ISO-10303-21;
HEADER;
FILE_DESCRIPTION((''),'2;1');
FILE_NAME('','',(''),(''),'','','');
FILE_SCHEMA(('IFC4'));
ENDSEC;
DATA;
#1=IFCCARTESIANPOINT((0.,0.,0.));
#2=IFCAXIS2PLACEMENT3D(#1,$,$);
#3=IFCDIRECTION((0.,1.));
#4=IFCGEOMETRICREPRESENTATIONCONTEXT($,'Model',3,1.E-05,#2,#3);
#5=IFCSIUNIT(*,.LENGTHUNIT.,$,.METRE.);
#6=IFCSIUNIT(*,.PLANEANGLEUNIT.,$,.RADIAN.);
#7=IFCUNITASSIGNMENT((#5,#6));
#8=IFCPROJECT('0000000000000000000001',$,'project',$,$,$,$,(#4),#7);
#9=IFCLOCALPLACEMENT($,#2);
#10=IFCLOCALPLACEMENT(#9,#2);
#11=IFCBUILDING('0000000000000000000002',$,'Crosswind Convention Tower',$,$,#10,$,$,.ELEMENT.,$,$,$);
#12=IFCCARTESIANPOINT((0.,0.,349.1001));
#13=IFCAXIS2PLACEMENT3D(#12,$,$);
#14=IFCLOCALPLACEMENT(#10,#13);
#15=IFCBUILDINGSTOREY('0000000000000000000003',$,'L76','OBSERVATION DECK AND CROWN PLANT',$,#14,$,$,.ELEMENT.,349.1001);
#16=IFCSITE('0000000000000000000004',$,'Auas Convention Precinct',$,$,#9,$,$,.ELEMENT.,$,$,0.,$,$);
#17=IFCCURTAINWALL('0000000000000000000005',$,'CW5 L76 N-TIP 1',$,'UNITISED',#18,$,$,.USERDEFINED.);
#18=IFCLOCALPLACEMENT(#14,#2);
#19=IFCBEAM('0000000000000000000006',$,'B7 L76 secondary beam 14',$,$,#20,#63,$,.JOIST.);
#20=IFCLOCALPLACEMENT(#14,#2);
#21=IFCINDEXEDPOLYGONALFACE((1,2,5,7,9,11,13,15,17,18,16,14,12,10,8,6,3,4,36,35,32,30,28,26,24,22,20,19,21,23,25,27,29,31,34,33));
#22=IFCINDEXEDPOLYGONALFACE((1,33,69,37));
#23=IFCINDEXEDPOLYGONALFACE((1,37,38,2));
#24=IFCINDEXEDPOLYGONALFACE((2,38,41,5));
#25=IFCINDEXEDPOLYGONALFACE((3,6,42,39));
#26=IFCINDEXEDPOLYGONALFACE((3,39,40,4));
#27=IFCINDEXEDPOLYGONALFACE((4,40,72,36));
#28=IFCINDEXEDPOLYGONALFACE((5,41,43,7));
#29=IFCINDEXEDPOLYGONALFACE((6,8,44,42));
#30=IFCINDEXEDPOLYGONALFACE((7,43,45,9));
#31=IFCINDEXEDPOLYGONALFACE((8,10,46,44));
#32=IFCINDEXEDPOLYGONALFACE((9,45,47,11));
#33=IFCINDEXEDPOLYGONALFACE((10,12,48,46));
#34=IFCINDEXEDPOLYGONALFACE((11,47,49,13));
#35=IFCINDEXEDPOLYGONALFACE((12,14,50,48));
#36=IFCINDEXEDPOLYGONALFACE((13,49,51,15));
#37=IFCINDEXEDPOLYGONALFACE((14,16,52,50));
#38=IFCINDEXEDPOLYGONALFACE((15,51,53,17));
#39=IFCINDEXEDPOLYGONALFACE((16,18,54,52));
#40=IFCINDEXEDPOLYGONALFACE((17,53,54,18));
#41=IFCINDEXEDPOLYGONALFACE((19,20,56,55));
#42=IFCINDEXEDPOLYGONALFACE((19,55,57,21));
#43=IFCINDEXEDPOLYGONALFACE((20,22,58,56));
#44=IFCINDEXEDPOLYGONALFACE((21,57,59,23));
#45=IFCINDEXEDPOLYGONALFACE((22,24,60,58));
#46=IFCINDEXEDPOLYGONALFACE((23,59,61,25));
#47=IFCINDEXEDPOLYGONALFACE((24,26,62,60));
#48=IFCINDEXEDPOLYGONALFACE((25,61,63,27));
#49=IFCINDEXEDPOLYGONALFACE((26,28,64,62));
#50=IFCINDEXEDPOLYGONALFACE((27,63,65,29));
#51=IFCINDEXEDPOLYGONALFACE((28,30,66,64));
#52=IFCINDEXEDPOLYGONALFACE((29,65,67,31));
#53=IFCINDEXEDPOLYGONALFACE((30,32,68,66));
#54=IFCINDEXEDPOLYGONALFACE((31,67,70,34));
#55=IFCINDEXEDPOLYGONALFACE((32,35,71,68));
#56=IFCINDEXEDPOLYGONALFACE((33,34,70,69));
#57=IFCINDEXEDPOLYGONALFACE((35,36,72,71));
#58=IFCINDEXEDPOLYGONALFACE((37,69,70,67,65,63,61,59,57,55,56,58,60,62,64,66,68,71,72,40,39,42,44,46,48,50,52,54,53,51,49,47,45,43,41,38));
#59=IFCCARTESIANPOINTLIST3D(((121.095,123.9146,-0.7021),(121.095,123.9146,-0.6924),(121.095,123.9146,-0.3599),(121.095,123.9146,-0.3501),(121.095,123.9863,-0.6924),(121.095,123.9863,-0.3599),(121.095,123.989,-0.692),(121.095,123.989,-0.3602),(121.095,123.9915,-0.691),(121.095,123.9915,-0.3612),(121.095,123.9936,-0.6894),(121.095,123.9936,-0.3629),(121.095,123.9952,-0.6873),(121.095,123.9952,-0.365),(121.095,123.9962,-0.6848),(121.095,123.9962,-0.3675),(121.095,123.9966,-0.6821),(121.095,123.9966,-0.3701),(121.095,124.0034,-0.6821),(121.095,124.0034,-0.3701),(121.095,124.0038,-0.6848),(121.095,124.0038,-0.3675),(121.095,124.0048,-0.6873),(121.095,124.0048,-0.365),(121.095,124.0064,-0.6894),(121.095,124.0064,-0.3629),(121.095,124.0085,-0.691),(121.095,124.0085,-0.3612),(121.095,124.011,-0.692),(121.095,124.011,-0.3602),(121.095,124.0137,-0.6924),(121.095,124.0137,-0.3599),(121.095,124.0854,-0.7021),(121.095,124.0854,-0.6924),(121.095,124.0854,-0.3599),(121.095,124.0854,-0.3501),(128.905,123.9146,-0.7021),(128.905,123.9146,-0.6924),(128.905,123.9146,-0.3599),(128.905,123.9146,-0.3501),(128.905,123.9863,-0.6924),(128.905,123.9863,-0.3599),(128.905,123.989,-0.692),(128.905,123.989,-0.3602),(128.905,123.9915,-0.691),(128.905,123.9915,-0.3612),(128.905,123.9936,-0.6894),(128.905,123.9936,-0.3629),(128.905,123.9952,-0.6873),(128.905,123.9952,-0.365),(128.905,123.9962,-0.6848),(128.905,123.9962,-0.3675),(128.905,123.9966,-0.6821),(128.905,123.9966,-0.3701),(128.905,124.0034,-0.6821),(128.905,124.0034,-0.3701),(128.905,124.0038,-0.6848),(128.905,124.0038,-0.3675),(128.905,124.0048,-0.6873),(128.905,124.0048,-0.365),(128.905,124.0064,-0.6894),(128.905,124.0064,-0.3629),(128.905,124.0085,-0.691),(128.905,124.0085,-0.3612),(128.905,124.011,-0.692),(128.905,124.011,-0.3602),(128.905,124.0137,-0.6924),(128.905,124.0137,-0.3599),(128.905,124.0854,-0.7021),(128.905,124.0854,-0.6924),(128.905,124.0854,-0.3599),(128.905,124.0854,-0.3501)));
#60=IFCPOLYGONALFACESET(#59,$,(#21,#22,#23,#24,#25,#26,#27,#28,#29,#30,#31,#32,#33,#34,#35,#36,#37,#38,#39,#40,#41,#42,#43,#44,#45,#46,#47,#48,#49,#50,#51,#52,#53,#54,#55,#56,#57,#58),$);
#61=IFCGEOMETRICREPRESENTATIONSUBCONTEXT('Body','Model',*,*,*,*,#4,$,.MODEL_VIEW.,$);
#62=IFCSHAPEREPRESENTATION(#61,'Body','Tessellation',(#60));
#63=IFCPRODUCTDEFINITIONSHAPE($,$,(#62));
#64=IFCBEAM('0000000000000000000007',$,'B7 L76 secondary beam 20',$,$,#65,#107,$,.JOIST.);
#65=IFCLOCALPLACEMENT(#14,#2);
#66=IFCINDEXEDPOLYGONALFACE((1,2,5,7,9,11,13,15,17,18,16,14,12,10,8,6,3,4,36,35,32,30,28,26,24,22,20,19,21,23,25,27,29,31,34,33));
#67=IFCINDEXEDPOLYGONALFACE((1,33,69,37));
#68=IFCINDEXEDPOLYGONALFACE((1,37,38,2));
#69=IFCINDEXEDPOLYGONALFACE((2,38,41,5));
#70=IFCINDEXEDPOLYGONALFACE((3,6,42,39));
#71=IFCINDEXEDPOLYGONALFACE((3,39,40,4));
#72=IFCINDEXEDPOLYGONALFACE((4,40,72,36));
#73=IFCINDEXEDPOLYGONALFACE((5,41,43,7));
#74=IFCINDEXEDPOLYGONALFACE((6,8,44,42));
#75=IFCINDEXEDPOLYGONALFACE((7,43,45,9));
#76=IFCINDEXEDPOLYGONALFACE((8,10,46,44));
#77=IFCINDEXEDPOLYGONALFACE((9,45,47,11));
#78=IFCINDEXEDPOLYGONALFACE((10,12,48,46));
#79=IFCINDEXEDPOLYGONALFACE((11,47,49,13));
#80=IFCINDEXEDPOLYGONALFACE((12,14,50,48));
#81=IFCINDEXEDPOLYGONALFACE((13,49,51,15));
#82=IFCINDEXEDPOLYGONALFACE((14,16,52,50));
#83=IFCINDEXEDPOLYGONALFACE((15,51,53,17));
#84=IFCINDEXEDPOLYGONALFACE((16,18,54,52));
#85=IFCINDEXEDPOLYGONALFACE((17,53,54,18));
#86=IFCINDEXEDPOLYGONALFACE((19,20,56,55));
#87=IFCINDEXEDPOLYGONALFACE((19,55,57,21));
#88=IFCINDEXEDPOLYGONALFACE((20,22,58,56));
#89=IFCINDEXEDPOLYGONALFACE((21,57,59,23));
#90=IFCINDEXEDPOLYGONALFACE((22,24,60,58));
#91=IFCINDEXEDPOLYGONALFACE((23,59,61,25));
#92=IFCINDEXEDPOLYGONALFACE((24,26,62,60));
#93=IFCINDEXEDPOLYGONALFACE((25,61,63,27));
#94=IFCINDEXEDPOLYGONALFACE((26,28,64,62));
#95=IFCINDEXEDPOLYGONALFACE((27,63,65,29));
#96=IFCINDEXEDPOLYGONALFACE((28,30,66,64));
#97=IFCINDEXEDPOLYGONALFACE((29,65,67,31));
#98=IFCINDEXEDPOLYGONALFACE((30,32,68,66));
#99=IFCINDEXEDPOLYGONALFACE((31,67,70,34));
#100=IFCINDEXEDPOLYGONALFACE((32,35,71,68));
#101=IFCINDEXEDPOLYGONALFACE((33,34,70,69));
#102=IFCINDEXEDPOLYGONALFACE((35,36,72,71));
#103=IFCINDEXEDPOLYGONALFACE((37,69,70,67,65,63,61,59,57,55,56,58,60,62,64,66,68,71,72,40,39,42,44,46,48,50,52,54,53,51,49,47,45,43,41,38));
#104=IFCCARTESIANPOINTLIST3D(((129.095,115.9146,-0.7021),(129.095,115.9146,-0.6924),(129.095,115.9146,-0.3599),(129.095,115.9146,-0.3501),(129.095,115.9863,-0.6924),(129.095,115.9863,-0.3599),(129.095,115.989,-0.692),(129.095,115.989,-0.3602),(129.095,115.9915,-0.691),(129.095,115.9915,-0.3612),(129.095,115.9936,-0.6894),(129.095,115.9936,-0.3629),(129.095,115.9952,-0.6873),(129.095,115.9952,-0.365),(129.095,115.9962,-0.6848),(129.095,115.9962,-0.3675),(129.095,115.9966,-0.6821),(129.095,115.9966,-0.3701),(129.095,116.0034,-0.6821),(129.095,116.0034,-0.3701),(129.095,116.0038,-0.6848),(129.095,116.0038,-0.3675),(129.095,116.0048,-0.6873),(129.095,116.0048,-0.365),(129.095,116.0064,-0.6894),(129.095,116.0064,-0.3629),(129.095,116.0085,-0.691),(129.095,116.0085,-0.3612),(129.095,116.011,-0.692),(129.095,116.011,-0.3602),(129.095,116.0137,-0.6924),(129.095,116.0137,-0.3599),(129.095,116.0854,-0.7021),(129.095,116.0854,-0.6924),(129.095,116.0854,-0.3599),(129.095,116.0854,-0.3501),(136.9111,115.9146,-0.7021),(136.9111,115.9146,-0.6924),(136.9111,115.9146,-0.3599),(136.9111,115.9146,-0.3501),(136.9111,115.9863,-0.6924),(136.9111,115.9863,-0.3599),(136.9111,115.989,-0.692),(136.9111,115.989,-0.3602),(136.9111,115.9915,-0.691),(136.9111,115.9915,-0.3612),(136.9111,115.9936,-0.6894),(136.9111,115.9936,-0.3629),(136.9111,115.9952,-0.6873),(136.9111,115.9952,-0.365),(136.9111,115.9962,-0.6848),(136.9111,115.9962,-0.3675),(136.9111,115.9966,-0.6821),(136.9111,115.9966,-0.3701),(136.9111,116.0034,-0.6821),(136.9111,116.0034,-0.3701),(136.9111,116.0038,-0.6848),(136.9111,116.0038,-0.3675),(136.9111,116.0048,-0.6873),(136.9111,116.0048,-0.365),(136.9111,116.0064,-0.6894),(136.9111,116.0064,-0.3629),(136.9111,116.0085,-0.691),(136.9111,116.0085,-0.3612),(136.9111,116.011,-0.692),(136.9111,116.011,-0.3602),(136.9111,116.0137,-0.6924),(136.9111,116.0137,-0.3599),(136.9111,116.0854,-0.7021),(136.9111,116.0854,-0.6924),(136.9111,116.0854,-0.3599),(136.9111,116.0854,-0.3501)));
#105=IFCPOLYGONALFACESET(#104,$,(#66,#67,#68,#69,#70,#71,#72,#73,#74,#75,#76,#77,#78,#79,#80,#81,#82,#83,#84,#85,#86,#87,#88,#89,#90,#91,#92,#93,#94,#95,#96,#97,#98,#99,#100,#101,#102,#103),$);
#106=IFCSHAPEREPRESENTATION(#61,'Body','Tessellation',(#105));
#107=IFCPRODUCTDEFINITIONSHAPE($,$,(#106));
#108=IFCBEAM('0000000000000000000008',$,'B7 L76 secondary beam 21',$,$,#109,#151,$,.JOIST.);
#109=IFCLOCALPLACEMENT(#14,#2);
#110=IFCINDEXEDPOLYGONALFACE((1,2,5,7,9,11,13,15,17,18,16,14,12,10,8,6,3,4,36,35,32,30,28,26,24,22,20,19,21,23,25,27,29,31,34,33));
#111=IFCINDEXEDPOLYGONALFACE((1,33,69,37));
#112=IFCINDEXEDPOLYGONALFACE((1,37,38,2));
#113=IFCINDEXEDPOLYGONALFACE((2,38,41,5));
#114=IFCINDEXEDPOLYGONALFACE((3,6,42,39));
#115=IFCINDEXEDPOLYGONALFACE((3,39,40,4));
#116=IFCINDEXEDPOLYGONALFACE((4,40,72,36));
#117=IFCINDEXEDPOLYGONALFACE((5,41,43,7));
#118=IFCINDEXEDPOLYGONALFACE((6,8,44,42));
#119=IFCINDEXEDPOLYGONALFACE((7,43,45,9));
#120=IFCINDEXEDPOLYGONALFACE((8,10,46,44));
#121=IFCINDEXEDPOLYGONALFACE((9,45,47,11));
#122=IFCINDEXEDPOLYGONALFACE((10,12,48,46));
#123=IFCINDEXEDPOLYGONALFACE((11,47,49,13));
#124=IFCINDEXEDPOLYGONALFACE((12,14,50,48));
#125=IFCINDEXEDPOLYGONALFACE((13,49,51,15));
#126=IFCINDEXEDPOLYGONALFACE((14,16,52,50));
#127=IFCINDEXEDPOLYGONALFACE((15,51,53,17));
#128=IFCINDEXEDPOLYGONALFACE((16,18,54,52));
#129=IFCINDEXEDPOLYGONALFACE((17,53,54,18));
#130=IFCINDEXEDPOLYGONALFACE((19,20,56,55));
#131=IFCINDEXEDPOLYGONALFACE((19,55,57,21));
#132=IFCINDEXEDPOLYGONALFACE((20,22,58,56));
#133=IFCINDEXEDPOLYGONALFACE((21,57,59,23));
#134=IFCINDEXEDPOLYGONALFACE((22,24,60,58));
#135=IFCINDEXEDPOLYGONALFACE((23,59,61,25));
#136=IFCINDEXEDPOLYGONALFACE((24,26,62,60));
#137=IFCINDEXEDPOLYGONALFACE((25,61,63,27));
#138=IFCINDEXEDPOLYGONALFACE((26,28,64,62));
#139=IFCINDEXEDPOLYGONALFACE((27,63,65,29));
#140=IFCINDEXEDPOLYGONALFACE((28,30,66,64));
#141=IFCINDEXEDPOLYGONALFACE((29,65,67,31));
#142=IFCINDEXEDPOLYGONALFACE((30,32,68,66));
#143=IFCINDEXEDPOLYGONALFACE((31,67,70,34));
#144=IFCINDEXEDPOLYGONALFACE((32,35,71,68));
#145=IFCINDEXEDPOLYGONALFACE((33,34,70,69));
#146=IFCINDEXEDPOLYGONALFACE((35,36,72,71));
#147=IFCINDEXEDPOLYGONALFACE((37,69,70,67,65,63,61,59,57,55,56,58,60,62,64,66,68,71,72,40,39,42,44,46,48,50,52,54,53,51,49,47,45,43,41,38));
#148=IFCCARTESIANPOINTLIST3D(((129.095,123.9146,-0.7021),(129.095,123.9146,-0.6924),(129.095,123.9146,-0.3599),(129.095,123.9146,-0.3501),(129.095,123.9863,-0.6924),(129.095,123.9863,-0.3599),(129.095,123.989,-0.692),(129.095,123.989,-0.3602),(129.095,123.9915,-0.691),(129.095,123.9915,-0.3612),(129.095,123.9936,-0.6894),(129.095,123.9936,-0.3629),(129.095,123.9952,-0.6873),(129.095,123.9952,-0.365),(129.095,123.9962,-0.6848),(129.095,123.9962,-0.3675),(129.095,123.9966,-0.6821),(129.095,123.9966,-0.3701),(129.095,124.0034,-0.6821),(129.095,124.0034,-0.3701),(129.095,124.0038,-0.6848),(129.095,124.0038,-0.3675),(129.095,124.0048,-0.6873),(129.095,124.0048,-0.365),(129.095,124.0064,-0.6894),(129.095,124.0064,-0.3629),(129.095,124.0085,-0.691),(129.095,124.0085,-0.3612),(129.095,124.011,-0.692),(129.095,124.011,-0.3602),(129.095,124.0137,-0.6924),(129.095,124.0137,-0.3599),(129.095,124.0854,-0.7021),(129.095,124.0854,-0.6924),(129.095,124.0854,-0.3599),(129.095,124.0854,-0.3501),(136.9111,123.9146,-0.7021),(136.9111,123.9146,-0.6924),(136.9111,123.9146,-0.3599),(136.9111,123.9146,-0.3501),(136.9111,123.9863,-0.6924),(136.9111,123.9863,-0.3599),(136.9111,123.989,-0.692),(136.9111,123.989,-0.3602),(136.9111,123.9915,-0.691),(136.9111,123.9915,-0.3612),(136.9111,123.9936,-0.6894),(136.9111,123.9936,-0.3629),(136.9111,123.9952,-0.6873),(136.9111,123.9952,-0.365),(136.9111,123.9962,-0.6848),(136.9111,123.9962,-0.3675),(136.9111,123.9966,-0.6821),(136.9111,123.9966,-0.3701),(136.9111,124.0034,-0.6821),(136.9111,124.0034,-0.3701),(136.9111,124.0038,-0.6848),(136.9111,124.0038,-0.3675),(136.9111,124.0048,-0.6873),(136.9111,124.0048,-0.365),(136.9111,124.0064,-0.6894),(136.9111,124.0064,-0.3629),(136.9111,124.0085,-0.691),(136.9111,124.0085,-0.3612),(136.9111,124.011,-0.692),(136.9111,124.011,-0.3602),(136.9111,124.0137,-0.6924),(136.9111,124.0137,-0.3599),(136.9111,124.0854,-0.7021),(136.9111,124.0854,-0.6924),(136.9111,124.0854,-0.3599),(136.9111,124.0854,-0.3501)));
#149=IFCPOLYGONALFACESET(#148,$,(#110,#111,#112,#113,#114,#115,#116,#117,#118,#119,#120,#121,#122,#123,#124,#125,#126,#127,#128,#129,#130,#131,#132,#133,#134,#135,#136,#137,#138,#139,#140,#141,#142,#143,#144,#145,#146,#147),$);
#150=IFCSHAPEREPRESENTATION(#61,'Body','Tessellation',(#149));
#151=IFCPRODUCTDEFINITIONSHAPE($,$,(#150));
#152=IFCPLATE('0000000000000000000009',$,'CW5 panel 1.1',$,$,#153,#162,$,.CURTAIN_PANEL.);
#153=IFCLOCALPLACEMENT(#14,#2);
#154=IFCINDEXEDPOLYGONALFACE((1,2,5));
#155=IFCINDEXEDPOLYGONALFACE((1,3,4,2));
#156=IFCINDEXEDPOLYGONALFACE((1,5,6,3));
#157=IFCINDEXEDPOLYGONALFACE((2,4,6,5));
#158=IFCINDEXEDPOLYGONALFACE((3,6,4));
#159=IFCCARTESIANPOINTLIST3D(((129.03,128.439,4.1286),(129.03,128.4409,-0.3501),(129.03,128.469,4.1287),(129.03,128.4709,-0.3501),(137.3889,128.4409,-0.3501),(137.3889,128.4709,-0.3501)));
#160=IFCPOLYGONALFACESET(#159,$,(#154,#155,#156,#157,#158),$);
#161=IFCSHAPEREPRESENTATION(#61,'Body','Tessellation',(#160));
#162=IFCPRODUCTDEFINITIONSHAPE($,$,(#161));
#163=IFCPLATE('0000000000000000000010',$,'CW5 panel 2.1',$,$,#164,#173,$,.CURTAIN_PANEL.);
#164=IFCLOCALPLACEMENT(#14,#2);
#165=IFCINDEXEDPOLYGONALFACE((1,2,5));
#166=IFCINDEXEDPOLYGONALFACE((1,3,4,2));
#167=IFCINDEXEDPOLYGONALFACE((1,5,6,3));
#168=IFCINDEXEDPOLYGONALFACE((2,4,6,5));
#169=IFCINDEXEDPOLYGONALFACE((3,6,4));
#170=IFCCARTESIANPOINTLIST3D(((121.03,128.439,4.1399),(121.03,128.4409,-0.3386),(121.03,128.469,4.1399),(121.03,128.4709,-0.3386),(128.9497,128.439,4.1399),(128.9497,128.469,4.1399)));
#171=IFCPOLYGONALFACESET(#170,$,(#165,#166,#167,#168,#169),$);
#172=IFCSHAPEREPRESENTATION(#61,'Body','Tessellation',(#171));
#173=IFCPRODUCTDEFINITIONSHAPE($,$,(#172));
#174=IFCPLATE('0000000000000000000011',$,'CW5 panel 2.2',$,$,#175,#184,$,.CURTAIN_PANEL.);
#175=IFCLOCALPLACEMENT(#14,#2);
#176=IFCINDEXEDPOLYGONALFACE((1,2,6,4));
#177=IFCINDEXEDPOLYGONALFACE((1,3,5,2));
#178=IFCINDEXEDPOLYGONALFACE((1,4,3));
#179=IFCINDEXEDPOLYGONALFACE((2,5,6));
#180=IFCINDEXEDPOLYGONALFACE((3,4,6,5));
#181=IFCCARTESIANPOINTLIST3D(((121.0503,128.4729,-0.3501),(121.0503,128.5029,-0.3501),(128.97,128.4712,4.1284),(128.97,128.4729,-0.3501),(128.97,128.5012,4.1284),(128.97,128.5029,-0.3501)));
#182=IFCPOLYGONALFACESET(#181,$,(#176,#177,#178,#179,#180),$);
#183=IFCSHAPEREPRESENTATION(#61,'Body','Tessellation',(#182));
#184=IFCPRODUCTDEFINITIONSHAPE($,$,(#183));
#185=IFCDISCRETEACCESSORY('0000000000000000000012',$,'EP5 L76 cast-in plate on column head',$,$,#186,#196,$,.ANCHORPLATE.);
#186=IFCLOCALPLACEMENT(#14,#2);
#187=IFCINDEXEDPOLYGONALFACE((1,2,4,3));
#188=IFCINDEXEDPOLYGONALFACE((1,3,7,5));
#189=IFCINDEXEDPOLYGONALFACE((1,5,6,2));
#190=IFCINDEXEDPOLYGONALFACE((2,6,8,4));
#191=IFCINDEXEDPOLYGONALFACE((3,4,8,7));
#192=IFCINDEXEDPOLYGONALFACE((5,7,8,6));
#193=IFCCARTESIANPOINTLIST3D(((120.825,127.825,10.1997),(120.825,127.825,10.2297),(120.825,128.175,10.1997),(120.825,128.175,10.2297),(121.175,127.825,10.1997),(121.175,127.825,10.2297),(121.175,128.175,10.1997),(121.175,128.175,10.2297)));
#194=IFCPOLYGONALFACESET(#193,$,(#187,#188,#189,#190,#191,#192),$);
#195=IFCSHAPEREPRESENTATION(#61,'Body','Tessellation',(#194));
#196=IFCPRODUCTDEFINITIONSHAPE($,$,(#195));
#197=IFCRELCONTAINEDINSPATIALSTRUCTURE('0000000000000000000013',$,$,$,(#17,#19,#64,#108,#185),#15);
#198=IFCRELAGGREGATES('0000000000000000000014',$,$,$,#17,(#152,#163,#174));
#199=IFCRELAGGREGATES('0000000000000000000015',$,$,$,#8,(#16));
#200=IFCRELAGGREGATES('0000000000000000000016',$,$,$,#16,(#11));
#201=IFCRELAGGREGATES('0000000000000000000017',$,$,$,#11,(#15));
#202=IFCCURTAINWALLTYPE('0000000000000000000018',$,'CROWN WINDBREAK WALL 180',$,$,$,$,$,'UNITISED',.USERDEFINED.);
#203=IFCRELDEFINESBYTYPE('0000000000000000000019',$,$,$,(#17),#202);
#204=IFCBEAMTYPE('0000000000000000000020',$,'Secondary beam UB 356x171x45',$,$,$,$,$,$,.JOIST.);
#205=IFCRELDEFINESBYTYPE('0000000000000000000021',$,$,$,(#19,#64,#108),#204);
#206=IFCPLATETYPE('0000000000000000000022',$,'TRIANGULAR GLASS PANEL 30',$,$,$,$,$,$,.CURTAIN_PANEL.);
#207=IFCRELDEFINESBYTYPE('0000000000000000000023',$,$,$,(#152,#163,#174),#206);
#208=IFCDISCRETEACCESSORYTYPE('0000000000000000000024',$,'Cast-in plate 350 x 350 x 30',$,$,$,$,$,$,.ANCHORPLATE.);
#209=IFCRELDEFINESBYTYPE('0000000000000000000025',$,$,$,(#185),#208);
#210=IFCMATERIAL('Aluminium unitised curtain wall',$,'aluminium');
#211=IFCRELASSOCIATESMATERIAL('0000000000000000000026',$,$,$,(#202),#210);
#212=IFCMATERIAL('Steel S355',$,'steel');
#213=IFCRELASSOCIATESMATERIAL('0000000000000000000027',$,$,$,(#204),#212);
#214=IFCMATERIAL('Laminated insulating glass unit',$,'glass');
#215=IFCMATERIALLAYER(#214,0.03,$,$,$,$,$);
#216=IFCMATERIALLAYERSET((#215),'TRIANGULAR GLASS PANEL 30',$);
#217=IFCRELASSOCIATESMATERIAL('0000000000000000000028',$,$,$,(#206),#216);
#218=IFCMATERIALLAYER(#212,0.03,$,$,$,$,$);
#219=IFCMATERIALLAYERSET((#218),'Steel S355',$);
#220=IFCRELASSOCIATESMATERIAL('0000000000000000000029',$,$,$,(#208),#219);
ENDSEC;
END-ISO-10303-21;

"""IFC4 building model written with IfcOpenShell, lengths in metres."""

from ifc_helpers import new_model, si_unit, direction, frame, origin, origin_2d, place, context, subcontext, project, spatial, polyline, rectangle, i_section, outline, extrude, material, layer, layer_set, material_profile, profile_set, type_object, element, aggregate, save


model = new_model("IFC4")

# Units and contexts
model_context = context("Model", 3, precision=1e-05, world=origin(), true_north=direction((0.0, 1.0)))
body_context = subcontext(model_context, "Body", "Model", "MODEL_VIEW")
ifc_project = project(units=[si_unit("LENGTHUNIT", "METRE"), si_unit("PLANEANGLEUNIT", "RADIAN")], contexts=[model_context])

# Site, building, storey
site_placement = place(None, origin())
site = spatial("IfcSite", under=ifc_project, at=site_placement, Name="Auas Convention Precinct", CompositionType="ELEMENT", RefElevation=0.0)
building_placement = place(site_placement, origin())
building = spatial("IfcBuilding", under=site, at=building_placement, Name="Crosswind Convention Tower", CompositionType="ELEMENT")
storey_placement = place(building_placement, frame((0.0, 0.0, 349.1001)))
storey = spatial("IfcBuildingStorey", under=building, at=storey_placement, Name="L76", Description="OBSERVATION DECK AND CROWN PLANT", CompositionType="ELEMENT", Elevation=349.1001)

# Shared definitions
ifc_material_1 = material(Name="Steel S355", Category="steel")

# Curtain wall
ifc_material_2 = material(Name="Aluminium unitised curtain wall", Category="aluminium")
curtain_wall_type = type_object("IfcCurtainWallType", Name="CROWN WINDBREAK WALL 180", ElementType="UNITISED", PredefinedType="USERDEFINED", material=ifc_material_2)
curtain_wall_placement = place(storey_placement, origin())
curtain_wall = element("IfcCurtainWall", 1, at=curtain_wall_placement, inside=storey, type_object=curtain_wall_type, Name="CW5 L76 N-TIP 1", ObjectType="UNITISED", PredefinedType="USERDEFINED")

# Beams
ifc_material_profile_1 = material_profile(ifc_material_1, i_section(OverallWidth=0.1709, OverallDepth=0.3521, WebThickness=0.0068, FlangeThickness=0.0098, FilletRadius=0.0103, at=origin_2d()), Name="UB 356x171x45")
ifc_profile_set_1 = profile_set([ifc_material_profile_1], Name="Steel S355")
beam_type_1 = type_object("IfcBeamType", Name="Secondary beam UB 356x171x45", PredefinedType="JOIST", material=ifc_profile_set_1)
for number, where, z_axis, x_axis, name in (
    (2, (121.095, 124.0, -0.5261), (1.0, 0.0, 0.0), (0.0, 1.0, 0.0), "B7 L76 secondary beam 14"),
):
    element("IfcBeam", number, at=place(storey_placement, frame(where, z_axis=z_axis, x_axis=x_axis)), inside=storey, type_object=beam_type_1, Name=name, PredefinedType="JOIST", context=body_context, shape_type="SweptSolid", body=[
        extrude(i_section(OverallWidth=0.1709, OverallDepth=0.3521, WebThickness=0.0068, FlangeThickness=0.0098, FilletRadius=0.0103, at=origin_2d()), origin(), (0.0, 0.0, 1.0), 7.8101),
    ])
for number, where, z_axis, x_axis, name in (
    (3, (129.095, 116.0, -0.5261), (1.0, 0.0, 0.0), (0.0, 1.0, 0.0), "B7 L76 secondary beam 20"),
    (4, (129.095, 124.0, -0.5261), (1.0, 0.0, 0.0), (0.0, 1.0, 0.0), "B7 L76 secondary beam 21"),
):
    element("IfcBeam", number, at=place(storey_placement, frame(where, z_axis=z_axis, x_axis=x_axis)), inside=storey, type_object=beam_type_1, Name=name, PredefinedType="JOIST", context=body_context, shape_type="SweptSolid", body=[
        extrude(i_section(OverallWidth=0.1709, OverallDepth=0.3521, WebThickness=0.0068, FlangeThickness=0.0098, FilletRadius=0.0103, at=origin_2d()), origin(), (0.0, 0.0, 1.0), 7.8162),
    ])

# Plates
ifc_material_3 = material(Name="Laminated insulating glass unit", Category="glass")
ifc_layer_1 = layer(ifc_material_3, 0.03)
ifc_layer_set_1 = layer_set([ifc_layer_1], Name="TRIANGULAR GLASS PANEL 30")
plate_type = type_object("IfcPlateType", Name="TRIANGULAR GLASS PANEL 30", PredefinedType="CURTAIN_PANEL", material=ifc_layer_set_1)
plate_1_placement = place(storey_placement, frame((129.03, 128.4709, -0.3501), z_axis=(0.0, 1.0, 0.000436), x_axis=(0.0, -0.000436, 1.0)))
plate_1 = element("IfcPlate", 5, at=plate_1_placement, type_object=plate_type, Name="CW5 panel 1.1", PredefinedType="CURTAIN_PANEL", context=body_context, shape_type="SweptSolid", body=[
    extrude(outline(polyline([(0.0, 0.0), (4.4788, 0.0), (0.0, 8.3589), (0.0, 0.0)])), origin(), (0.0, 0.0, -1.0), 0.03),
])
plate_2_placement = place(storey_placement, frame((121.03, 128.469, 4.1399), z_axis=(0.0, 1.0, 0.000436), x_axis=(1.0, 0.0, 0.0)))
plate_2 = element("IfcPlate", 6, at=plate_2_placement, type_object=plate_type, Name="CW5 panel 2.1", PredefinedType="CURTAIN_PANEL", context=body_context, shape_type="SweptSolid", body=[
    extrude(outline(polyline([(0.0, 0.0), (7.9197, 0.0), (0.0, 4.4785), (0.0, 0.0)])), origin(), (0.0, 0.0, -1.0), 0.03),
])
plate_3_placement = place(storey_placement, frame((128.97, 128.5029, -0.3501), z_axis=(0.0, 1.0, 0.000382), x_axis=(-1.0, 0.0, 0.0)))
plate_3 = element("IfcPlate", 7, at=plate_3_placement, type_object=plate_type, Name="CW5 panel 2.2", PredefinedType="CURTAIN_PANEL", context=body_context, shape_type="SweptSolid", body=[
    extrude(outline(polyline([(0.0, 0.0), (7.9197, 0.0), (0.0, 4.4785), (0.0, 0.0)])), origin(), (0.0, 0.0, -1.0), 0.03),
])
aggregate(curtain_wall, [plate_1, plate_2, plate_3])

# Discrete accessory
ifc_layer_2 = layer(ifc_material_1, 0.03)
ifc_layer_set_2 = layer_set([ifc_layer_2], Name="Steel S355")
discrete_accessory_type_1 = type_object("IfcDiscreteAccessoryType", Name="Cast-in plate 350 x 350 x 30", PredefinedType="ANCHORPLATE", material=ifc_layer_set_2)
for number, where, z_axis, x_axis, name in (
    (8, (121.0, 128.0, 10.1997), (0.0, 0.0, 1.0), (1.0, 0.0, 0.0), "EP5 L76 cast-in plate on column head"),
):
    element("IfcDiscreteAccessory", number, at=place(storey_placement, frame(where, z_axis=z_axis, x_axis=x_axis)), inside=storey, type_object=discrete_accessory_type_1, Name=name, PredefinedType="ANCHORPLATE", context=body_context, shape_type="SweptSolid", body=[
        extrude(rectangle(XDim=0.3501, YDim=0.3501, at=origin_2d()), origin(), (0.0, 0.0, 1.0), 0.03),
    ])

save(model, "model.ifc")
